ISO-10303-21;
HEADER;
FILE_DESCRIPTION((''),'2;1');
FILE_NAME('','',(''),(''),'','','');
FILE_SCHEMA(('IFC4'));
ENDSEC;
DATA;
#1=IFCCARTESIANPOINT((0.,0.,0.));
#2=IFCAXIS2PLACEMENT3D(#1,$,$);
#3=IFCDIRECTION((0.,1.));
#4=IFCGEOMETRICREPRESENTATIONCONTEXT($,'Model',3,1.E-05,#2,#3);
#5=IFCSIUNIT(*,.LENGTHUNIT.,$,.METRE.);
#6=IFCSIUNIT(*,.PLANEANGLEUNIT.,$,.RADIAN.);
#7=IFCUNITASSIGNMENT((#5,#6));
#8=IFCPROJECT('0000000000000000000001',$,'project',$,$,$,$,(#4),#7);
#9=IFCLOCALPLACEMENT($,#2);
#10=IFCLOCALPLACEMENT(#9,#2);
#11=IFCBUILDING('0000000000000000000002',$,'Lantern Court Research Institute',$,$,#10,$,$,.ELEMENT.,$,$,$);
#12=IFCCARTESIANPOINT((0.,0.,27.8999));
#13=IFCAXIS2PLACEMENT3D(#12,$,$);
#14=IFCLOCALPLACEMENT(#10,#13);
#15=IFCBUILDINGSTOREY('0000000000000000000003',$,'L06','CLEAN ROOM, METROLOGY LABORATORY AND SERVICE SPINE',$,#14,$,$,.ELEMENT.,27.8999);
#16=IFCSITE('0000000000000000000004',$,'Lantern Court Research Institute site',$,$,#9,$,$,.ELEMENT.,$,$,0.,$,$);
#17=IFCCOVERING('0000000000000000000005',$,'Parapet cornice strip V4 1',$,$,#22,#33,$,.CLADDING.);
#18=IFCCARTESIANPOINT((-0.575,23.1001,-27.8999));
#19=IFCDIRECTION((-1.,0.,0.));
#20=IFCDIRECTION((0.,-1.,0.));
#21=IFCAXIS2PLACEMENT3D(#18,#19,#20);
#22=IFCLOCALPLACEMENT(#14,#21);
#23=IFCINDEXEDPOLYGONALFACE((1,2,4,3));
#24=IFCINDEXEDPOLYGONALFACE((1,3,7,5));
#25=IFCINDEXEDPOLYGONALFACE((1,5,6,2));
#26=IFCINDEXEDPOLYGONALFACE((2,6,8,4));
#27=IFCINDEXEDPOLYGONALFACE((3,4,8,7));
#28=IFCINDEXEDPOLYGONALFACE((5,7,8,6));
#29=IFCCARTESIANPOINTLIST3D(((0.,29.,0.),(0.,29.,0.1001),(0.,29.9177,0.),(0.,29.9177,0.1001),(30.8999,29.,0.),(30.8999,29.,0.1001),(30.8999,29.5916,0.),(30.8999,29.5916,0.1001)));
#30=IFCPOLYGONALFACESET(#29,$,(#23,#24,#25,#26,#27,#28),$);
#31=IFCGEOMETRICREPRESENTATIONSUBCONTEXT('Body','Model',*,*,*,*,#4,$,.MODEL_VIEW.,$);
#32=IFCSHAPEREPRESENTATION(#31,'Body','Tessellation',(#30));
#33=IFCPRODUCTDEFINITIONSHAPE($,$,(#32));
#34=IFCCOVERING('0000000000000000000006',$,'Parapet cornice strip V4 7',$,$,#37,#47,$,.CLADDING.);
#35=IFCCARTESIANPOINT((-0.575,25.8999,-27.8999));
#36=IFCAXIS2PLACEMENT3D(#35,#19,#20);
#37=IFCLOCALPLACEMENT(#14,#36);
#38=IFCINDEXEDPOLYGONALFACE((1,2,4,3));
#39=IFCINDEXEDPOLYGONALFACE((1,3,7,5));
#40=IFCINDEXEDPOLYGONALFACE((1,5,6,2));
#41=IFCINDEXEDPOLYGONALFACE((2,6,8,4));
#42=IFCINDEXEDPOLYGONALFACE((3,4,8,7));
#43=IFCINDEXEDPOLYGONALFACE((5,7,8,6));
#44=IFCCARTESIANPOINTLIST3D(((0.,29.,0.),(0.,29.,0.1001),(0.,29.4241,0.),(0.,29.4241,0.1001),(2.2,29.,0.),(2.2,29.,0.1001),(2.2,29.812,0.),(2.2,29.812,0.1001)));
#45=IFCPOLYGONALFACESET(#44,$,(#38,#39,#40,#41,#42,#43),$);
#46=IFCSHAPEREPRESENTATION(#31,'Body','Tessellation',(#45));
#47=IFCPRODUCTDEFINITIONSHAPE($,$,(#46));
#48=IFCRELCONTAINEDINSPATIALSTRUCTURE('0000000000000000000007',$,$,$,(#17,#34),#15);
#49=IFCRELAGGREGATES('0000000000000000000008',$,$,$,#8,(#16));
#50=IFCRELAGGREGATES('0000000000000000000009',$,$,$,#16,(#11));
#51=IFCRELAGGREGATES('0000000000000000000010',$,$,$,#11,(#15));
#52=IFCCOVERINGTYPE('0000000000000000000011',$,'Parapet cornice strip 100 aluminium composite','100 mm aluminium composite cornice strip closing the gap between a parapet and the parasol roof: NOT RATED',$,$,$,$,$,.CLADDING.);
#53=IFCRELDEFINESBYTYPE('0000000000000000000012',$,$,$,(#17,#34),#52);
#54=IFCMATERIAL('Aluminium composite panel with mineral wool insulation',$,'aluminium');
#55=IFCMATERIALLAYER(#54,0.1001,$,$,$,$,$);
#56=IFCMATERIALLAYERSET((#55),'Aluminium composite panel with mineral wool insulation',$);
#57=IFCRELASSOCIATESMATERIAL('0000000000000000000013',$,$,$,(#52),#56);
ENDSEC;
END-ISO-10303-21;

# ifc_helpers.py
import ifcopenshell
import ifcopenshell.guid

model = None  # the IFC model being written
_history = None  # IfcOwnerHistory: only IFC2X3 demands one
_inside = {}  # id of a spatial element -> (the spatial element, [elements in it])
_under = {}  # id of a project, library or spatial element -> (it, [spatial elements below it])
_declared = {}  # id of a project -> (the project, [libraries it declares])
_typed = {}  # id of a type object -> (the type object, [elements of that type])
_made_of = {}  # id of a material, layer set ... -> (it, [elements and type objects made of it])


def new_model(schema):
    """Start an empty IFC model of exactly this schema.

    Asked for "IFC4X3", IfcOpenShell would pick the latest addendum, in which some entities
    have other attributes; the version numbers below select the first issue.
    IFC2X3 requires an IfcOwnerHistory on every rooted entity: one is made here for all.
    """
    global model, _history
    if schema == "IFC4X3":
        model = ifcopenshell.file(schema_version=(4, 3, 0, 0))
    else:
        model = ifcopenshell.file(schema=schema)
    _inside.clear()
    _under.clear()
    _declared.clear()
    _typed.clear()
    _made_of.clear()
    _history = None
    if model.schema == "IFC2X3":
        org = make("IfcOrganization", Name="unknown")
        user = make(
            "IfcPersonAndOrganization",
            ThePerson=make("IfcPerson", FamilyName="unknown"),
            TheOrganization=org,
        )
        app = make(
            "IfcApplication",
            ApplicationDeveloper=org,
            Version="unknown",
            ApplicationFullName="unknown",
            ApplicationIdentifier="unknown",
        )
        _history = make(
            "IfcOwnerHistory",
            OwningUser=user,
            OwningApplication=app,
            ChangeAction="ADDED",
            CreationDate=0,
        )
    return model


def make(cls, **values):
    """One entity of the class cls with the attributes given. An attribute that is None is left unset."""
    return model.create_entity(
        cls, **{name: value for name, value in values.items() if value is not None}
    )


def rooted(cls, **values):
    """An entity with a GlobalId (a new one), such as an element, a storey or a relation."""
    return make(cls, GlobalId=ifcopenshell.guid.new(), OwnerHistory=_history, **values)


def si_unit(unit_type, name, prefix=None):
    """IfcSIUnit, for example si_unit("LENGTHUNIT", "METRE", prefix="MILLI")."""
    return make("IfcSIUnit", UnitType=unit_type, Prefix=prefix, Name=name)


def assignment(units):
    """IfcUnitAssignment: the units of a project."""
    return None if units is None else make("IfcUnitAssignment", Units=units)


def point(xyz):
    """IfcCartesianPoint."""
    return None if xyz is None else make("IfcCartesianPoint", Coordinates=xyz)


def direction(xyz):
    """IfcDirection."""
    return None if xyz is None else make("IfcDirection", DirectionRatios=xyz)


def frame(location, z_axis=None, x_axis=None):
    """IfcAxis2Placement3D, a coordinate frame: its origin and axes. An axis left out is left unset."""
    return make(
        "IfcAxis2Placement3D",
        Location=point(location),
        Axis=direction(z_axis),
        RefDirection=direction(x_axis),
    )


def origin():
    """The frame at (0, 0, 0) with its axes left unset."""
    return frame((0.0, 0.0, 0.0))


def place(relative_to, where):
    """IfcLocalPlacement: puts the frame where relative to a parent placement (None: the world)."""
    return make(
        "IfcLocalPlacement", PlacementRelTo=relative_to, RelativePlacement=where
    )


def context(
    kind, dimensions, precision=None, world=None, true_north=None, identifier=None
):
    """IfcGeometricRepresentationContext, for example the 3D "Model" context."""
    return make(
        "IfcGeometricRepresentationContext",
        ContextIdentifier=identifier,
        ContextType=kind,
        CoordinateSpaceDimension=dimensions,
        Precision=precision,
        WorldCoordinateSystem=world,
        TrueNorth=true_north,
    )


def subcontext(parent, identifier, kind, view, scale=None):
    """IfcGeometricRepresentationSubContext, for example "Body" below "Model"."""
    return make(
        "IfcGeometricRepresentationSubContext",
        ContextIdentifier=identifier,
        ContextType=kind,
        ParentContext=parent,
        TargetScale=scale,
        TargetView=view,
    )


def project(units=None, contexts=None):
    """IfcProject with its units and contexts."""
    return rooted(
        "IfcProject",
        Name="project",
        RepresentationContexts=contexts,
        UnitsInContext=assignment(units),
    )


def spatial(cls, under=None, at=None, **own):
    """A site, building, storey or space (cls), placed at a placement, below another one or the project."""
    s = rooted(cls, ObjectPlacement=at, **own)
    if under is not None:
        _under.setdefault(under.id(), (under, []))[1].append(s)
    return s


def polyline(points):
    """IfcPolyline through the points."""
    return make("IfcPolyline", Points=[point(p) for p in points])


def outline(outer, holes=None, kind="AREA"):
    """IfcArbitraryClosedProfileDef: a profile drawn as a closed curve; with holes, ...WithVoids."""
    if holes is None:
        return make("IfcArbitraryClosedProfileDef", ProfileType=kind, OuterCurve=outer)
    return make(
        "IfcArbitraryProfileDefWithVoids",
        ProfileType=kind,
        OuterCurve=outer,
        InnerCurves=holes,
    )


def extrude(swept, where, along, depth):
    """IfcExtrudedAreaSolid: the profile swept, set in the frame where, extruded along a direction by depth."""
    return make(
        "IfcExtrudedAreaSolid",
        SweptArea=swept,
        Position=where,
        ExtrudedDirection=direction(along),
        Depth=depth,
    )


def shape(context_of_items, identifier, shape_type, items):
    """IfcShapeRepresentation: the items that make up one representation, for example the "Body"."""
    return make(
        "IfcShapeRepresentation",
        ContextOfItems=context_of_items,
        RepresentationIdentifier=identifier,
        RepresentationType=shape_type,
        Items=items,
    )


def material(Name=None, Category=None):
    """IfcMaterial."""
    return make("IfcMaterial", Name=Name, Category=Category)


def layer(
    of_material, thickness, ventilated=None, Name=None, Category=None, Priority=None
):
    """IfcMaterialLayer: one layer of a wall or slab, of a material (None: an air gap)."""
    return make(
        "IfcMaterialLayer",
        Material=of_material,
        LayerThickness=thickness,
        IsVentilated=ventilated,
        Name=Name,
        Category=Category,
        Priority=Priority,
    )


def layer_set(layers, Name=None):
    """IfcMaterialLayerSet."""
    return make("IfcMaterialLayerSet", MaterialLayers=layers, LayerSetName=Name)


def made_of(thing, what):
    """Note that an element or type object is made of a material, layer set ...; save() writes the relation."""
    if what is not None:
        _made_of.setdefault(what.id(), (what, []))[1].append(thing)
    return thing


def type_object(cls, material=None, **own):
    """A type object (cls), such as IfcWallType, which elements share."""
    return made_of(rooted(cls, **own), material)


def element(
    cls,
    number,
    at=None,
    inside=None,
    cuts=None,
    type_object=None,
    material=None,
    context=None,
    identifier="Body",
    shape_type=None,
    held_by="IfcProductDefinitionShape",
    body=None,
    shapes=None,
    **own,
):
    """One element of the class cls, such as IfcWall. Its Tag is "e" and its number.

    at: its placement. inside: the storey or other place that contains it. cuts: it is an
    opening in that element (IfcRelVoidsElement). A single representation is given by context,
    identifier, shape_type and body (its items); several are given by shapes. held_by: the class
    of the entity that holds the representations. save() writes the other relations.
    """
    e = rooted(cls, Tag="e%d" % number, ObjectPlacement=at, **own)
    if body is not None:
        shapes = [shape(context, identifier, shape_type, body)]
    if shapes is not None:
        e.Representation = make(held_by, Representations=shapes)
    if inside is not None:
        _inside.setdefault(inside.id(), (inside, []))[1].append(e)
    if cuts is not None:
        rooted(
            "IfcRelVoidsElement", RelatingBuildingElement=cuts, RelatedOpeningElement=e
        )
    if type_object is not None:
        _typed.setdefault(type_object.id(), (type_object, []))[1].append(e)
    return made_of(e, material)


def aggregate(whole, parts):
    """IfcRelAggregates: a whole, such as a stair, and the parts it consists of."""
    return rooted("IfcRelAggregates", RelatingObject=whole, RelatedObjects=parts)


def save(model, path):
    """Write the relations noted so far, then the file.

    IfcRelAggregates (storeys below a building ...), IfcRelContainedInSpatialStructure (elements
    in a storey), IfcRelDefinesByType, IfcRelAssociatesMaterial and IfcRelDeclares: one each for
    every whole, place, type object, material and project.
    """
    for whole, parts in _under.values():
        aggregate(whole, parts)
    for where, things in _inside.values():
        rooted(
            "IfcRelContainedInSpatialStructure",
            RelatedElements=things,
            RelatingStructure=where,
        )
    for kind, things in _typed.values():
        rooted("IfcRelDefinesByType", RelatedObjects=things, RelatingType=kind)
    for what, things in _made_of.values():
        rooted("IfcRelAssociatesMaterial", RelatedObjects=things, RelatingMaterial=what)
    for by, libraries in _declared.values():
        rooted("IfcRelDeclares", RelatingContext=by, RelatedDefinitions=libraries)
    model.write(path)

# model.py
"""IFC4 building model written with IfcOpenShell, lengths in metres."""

from ifc_helpers import new_model, si_unit, direction, frame, origin, place, context, subcontext, project, spatial, polyline, outline, extrude, material, layer, layer_set, type_object, element, save


model = new_model("IFC4")

# Units and contexts
model_context = context("Model", 3, precision=1e-05, world=origin(), true_north=direction((0.0, 1.0)))
body_context = subcontext(model_context, "Body", "Model", "MODEL_VIEW")
ifc_project = project(units=[si_unit("LENGTHUNIT", "METRE"), si_unit("PLANEANGLEUNIT", "RADIAN")], contexts=[model_context])

# Site, building, storey
site_placement = place(None, origin())
site = spatial("IfcSite", under=ifc_project, at=site_placement, Name="Lantern Court Research Institute site", CompositionType="ELEMENT", RefElevation=0.0)
building_placement = place(site_placement, origin())
building = spatial("IfcBuilding", under=site, at=building_placement, Name="Lantern Court Research Institute", CompositionType="ELEMENT")
storey_placement = place(building_placement, frame((0.0, 0.0, 27.8999)))
storey = spatial("IfcBuildingStorey", under=building, at=storey_placement, Name="L06", Description="CLEAN ROOM, METROLOGY LABORATORY AND SERVICE SPINE", CompositionType="ELEMENT", Elevation=27.8999)

# Coverings
ifc_material_1 = material(Name="Aluminium composite panel with mineral wool insulation", Category="aluminium")
ifc_layer = layer(ifc_material_1, 0.1001)
ifc_layer_set = layer_set([ifc_layer], Name="Aluminium composite panel with mineral wool insulation")
covering_type = type_object("IfcCoveringType", Name="Parapet cornice strip 100 aluminium composite", Description="100 mm aluminium composite cornice strip closing the gap between a parapet and the parasol roof: NOT RATED", PredefinedType="CLADDING", material=ifc_layer_set)
covering_1_placement = place(storey_placement, frame((-0.575, 23.1001, -27.8999), z_axis=(-1.0, 0.0, 0.0), x_axis=(0.0, -1.0, 0.0)))
element("IfcCovering", 1, at=covering_1_placement, inside=storey, type_object=covering_type, Name="Parapet cornice strip V4 1", PredefinedType="CLADDING", context=body_context, shape_type="SweptSolid", body=[
    extrude(outline(polyline([(0.0, 29.0), (30.8999, 29.0), (30.8999, 29.5916), (0.0, 29.9177), (0.0, 29.0)])), origin(), (0.0, 0.0, 1.0), 0.1001),
])
covering_2_placement = place(storey_placement, frame((-0.575, 25.8999, -27.8999), z_axis=(-1.0, 0.0, 0.0), x_axis=(0.0, -1.0, 0.0)))
element("IfcCovering", 2, at=covering_2_placement, inside=storey, type_object=covering_type, Name="Parapet cornice strip V4 7", PredefinedType="CLADDING", context=body_context, shape_type="SweptSolid", body=[
    extrude(outline(polyline([(0.0, 29.0), (2.2, 29.0), (2.2, 29.812), (0.0, 29.4241), (0.0, 29.0)])), origin(), (0.0, 0.0, 1.0), 0.1001),
])

save(model, "model.ifc")
